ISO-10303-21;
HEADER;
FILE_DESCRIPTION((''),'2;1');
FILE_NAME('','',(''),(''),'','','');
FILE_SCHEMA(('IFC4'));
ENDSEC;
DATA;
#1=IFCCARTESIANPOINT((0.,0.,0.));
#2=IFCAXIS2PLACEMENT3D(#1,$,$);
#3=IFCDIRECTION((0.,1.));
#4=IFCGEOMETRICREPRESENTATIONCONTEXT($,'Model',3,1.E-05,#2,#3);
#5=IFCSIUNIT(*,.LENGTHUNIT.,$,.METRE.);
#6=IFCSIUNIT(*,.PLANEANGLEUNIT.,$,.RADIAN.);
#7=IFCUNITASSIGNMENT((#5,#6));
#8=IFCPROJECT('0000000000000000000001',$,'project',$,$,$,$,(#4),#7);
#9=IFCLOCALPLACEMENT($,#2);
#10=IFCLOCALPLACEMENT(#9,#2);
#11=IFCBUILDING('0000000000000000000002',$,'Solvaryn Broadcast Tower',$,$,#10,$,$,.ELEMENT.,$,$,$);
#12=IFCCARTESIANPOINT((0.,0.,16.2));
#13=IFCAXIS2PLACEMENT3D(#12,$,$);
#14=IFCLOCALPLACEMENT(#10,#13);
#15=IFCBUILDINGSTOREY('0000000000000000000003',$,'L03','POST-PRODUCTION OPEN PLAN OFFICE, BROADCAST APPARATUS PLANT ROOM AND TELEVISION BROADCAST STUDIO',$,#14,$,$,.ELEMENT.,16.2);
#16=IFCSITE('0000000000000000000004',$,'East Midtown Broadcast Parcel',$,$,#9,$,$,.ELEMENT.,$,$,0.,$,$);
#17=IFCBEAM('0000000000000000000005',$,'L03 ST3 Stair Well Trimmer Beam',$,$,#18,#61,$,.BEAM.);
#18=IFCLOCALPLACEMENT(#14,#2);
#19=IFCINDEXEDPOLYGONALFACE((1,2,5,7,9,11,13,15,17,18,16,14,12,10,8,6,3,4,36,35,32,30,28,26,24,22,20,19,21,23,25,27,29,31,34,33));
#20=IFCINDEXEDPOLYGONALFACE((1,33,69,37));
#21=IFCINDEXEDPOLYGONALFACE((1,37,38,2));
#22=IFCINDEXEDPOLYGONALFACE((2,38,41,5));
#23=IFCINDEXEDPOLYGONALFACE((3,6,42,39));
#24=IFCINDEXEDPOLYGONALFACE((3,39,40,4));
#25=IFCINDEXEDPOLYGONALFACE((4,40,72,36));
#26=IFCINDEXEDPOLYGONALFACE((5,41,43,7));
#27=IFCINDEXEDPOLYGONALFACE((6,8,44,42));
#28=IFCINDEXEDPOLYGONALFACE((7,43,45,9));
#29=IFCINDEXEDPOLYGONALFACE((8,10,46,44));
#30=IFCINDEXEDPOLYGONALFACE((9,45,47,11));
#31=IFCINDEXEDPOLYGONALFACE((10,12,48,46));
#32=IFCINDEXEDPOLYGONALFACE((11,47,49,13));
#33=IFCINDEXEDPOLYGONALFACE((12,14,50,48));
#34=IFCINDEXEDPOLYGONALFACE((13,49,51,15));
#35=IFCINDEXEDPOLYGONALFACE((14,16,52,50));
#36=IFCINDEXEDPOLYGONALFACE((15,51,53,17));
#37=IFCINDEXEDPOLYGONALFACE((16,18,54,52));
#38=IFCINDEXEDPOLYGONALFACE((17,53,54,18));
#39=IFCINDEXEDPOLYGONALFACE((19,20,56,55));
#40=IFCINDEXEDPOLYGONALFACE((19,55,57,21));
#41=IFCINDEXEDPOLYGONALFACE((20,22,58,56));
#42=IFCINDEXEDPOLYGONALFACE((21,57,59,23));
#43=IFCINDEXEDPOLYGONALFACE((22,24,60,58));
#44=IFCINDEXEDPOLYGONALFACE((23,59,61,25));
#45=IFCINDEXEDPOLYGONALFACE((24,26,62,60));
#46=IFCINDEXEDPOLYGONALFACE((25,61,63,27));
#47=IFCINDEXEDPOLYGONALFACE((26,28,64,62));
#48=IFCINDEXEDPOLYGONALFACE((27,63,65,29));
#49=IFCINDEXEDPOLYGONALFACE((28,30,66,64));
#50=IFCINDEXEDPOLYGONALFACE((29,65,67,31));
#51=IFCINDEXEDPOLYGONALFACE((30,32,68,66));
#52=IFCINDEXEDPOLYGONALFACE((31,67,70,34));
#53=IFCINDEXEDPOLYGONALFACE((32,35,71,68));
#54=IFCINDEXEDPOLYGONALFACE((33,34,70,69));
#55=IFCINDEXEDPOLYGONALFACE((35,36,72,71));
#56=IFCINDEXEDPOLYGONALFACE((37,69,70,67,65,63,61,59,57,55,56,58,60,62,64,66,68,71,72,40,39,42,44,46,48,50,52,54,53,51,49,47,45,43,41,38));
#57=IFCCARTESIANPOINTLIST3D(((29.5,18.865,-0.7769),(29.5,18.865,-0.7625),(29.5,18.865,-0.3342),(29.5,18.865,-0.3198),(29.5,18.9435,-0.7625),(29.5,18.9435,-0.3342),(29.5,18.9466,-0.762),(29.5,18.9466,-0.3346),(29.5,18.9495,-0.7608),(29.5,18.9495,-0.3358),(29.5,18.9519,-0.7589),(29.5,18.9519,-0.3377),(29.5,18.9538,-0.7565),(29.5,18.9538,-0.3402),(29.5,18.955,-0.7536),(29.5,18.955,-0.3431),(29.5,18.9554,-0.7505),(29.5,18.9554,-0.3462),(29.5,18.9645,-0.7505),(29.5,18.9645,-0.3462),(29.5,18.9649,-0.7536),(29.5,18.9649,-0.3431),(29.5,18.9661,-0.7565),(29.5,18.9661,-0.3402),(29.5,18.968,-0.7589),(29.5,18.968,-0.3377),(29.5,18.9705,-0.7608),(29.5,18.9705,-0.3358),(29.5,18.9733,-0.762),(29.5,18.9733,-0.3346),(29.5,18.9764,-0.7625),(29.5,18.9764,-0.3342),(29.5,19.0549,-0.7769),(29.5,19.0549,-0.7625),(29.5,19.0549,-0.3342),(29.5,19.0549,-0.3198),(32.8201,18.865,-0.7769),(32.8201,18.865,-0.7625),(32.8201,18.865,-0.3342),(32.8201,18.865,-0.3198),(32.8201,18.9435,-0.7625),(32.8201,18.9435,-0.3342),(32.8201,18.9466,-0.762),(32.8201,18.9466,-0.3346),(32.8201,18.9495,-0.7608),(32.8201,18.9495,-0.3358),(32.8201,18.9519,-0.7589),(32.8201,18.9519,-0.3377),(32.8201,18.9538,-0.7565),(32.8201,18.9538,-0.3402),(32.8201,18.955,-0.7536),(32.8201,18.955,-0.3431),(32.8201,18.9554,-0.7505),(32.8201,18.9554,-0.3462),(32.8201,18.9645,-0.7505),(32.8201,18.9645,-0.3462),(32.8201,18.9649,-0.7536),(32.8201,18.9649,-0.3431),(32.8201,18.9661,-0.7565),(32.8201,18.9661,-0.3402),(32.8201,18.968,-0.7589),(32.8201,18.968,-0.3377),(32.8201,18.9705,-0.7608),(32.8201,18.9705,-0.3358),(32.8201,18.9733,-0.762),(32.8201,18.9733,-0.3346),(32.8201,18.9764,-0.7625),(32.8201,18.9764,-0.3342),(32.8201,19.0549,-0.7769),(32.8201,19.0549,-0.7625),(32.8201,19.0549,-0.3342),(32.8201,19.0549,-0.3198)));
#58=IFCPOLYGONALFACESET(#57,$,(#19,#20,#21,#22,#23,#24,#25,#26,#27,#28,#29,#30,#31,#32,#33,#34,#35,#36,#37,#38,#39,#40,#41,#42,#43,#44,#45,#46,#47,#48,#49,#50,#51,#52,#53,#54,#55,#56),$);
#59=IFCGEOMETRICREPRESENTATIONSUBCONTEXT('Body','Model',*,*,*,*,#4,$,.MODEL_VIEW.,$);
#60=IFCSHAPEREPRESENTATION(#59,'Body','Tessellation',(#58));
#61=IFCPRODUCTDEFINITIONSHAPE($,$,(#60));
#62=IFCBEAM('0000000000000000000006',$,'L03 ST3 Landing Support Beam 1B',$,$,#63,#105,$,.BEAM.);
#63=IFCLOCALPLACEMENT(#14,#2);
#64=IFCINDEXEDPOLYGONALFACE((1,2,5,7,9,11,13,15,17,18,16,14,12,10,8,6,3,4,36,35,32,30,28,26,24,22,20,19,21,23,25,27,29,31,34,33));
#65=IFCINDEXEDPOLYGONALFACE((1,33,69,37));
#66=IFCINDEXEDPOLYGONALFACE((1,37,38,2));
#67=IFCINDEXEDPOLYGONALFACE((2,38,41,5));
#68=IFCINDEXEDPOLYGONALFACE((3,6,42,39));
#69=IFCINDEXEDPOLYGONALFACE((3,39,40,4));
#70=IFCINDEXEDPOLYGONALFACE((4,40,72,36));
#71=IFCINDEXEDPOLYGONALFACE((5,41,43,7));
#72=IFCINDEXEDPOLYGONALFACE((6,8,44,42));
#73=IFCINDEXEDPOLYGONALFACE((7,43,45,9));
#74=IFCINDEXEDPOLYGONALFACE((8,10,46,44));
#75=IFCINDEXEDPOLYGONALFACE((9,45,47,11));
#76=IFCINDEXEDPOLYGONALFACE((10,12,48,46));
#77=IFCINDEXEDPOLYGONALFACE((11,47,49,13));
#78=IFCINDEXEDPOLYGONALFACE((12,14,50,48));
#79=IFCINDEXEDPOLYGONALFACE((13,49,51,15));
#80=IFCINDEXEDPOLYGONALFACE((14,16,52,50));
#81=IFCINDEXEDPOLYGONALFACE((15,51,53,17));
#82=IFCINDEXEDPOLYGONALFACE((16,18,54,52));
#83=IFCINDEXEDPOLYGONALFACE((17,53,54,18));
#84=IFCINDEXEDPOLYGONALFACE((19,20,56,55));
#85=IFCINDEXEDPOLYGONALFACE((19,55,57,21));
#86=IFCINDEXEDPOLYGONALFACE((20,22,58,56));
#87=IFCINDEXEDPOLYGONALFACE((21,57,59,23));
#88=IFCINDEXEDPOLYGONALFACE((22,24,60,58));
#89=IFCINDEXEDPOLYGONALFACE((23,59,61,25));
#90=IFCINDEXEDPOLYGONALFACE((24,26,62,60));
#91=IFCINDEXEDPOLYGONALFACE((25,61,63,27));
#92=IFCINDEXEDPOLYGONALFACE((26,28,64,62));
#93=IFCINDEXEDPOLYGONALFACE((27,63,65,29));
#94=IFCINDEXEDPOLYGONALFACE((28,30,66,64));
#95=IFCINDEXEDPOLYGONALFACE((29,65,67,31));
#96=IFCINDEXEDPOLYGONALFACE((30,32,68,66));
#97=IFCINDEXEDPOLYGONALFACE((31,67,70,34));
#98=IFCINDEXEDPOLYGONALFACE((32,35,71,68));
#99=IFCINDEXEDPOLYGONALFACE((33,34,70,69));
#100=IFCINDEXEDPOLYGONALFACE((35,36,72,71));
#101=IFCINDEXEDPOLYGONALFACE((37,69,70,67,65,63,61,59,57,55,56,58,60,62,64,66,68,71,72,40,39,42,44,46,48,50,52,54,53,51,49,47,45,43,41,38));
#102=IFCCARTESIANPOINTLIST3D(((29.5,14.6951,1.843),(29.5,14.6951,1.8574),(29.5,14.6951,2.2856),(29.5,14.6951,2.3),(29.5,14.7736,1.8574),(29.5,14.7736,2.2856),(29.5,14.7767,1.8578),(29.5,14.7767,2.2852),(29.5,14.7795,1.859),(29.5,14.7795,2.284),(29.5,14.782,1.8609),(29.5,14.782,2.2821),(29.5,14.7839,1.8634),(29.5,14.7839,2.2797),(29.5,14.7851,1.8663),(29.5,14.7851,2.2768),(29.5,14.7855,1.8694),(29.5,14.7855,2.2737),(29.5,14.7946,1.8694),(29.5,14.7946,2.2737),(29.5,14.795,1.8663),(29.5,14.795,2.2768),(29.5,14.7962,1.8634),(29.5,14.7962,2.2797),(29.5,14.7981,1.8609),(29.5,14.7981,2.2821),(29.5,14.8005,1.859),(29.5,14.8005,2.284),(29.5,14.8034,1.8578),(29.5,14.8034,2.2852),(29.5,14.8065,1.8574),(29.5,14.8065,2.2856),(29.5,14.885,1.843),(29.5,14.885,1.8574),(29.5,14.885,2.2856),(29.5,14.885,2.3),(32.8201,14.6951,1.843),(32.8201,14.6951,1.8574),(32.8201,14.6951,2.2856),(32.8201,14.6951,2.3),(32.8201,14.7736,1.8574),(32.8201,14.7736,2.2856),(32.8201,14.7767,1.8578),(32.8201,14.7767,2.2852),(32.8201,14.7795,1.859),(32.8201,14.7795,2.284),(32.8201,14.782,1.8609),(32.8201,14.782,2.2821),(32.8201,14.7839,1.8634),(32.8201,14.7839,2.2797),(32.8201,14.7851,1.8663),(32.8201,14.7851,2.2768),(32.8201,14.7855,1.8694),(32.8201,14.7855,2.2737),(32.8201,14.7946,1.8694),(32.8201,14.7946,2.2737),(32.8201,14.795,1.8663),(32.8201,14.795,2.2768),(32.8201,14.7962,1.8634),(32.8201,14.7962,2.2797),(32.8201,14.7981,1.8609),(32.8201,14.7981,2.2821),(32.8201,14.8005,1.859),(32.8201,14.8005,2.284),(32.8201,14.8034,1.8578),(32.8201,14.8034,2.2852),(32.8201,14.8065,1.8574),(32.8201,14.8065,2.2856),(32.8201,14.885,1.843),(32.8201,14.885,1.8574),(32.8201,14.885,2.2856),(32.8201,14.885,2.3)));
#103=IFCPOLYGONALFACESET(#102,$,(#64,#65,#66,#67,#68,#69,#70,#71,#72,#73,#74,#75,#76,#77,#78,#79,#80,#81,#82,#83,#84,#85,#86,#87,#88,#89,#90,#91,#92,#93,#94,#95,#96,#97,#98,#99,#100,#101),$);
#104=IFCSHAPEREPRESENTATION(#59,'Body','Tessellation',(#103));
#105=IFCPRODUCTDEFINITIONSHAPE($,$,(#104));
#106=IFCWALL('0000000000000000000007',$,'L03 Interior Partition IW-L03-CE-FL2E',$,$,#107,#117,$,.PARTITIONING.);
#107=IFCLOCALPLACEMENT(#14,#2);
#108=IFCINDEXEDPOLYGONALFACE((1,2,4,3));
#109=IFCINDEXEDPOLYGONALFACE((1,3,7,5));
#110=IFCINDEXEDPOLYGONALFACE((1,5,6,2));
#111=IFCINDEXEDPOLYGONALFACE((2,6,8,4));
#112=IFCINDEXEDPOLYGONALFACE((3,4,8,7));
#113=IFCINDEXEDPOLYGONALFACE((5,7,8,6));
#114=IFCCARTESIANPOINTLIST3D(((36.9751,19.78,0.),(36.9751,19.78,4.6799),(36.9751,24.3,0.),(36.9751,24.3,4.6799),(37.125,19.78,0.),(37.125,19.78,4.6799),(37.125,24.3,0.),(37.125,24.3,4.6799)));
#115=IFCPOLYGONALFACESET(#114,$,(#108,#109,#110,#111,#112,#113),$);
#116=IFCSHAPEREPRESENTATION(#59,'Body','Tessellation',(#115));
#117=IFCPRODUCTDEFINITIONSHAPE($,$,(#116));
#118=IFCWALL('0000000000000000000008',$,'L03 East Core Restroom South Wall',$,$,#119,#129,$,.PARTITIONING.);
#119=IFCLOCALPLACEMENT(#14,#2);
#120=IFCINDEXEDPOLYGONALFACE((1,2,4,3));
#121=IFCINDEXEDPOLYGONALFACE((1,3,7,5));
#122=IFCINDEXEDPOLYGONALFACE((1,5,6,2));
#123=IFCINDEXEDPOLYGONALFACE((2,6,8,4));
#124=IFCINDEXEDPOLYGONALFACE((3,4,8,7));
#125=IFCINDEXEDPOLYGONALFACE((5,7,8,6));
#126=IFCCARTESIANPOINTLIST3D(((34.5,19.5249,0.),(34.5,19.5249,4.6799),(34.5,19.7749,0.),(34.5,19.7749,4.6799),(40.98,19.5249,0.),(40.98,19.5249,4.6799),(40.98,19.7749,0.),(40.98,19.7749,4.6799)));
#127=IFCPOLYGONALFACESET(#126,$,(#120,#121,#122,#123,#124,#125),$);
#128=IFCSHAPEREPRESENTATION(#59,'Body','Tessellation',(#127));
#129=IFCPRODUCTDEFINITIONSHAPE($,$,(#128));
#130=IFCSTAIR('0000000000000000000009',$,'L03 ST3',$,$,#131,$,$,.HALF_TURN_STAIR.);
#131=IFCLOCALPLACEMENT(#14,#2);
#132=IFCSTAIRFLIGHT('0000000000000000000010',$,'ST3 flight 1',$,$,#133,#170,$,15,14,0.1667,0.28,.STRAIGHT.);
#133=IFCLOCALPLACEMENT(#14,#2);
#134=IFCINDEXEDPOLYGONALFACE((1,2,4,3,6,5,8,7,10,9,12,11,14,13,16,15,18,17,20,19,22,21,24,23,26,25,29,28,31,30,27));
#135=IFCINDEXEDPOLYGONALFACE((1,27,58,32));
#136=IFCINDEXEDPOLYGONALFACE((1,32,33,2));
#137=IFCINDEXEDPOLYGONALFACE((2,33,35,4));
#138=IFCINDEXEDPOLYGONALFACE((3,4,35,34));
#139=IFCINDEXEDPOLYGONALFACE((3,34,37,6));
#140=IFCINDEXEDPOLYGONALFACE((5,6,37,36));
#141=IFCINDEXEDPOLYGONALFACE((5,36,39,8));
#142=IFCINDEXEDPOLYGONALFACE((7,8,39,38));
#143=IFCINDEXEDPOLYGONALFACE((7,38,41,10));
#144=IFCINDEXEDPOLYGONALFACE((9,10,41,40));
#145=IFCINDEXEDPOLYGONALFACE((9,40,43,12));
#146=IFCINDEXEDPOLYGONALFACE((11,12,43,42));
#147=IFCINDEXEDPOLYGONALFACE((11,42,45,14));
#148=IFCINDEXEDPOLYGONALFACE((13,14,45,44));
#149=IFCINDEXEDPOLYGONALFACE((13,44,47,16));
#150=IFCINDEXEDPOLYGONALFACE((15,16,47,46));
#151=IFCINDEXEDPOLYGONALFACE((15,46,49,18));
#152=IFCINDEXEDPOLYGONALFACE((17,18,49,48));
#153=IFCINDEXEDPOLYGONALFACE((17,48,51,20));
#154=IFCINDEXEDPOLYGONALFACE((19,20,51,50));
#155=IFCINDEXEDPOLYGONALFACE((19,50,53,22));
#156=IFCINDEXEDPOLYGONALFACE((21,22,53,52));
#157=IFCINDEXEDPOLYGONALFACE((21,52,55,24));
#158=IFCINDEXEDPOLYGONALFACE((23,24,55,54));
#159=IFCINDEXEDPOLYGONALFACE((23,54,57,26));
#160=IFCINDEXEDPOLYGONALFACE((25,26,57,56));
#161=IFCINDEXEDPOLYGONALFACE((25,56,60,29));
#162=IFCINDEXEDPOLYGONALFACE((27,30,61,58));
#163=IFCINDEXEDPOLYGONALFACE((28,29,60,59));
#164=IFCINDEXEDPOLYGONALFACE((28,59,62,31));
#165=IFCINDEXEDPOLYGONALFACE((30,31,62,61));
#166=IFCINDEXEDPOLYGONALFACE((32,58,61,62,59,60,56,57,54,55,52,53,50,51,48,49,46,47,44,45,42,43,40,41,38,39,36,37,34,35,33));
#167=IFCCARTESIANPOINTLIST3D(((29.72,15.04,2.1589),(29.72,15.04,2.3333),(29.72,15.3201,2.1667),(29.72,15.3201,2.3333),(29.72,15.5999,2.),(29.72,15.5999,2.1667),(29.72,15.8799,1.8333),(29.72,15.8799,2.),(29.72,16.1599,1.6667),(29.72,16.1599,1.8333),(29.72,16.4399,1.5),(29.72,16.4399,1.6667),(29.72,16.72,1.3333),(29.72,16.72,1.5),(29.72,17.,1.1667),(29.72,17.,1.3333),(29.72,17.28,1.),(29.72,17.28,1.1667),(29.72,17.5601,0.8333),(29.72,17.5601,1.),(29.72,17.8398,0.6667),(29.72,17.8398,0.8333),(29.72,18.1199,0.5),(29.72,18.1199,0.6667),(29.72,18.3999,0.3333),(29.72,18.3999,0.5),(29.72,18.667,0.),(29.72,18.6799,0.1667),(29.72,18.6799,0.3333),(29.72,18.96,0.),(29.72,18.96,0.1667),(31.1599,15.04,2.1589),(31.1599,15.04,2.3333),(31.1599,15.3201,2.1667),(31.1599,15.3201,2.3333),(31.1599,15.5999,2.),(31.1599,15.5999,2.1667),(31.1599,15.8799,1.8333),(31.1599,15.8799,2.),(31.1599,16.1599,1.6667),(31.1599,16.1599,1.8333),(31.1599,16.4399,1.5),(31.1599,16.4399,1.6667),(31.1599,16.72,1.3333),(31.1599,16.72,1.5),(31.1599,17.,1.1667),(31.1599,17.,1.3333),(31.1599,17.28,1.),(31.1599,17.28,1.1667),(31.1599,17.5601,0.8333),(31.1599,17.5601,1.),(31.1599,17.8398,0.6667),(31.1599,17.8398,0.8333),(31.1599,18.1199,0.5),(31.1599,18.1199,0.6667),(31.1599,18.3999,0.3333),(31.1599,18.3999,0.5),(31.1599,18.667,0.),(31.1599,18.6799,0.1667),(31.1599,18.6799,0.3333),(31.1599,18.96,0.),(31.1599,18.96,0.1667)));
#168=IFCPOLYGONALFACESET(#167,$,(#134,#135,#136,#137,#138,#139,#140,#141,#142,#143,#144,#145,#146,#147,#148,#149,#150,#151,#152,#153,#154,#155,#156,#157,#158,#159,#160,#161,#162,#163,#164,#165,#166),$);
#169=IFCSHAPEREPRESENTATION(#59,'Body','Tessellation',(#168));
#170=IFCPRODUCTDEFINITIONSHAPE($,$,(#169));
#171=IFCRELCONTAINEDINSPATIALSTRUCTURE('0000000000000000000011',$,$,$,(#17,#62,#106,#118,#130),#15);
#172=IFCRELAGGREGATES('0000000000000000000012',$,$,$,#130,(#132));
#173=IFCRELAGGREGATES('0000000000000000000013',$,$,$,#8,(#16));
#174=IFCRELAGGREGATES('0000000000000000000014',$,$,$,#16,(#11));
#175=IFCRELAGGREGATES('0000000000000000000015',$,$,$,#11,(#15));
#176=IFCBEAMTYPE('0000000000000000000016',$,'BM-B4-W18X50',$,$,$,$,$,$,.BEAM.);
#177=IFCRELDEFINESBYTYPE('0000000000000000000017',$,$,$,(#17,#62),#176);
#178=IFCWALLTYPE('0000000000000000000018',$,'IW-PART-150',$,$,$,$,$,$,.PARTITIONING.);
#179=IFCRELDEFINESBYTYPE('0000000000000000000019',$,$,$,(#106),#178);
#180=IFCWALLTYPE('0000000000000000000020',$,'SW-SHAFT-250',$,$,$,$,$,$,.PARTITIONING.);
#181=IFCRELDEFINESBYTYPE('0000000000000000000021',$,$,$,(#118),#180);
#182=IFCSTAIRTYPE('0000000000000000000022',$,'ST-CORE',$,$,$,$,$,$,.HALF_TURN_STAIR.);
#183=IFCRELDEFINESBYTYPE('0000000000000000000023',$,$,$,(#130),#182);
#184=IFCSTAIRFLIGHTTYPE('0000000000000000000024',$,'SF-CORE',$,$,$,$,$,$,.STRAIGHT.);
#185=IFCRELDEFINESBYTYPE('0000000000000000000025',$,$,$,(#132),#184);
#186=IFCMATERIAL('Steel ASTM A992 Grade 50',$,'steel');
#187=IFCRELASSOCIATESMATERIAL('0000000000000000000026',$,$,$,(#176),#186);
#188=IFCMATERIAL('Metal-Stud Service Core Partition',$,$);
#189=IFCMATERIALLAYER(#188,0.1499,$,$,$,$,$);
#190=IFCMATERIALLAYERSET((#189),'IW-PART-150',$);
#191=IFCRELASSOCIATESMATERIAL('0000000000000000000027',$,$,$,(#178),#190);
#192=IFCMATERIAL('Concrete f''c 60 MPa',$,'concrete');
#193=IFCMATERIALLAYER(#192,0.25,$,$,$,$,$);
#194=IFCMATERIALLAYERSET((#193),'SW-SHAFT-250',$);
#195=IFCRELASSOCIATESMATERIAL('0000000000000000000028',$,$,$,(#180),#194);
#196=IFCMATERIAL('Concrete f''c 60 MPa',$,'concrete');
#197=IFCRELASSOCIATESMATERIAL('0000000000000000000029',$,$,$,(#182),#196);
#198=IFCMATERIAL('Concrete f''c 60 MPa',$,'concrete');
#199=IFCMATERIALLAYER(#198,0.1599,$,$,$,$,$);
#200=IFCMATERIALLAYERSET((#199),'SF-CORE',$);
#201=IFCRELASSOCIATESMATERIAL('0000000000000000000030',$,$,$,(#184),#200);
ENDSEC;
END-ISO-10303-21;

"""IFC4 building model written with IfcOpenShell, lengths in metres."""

from ifc_helpers import new_model, si_unit, direction, frame, frame_2d, origin, origin_2d, place, context, subcontext, project, spatial, polyline, rectangle, i_section, outline, extrude, material, layer, layer_set, material_profile, profile_set, type_object, element, aggregate, save


model = new_model("IFC4")

# Units and contexts
model_context = context("Model", 3, precision=1e-05, world=origin(), true_north=direction((0.0, 1.0)))
body_context = subcontext(model_context, "Body", "Model", "MODEL_VIEW")
ifc_project = project(units=[si_unit("LENGTHUNIT", "METRE"), si_unit("PLANEANGLEUNIT", "RADIAN")], contexts=[model_context])

# Site, building, storey
site_placement = place(None, origin())
site = spatial("IfcSite", under=ifc_project, at=site_placement, Name="East Midtown Broadcast Parcel", CompositionType="ELEMENT", RefElevation=0.0)
building_placement = place(site_placement, origin())
building = spatial("IfcBuilding", under=site, at=building_placement, Name="Solvaryn Broadcast Tower", CompositionType="ELEMENT")
storey_placement = place(building_placement, frame((0.0, 0.0, 16.2)))
storey = spatial("IfcBuildingStorey", under=building, at=storey_placement, Name="L03", Description="POST-PRODUCTION OPEN PLAN OFFICE, BROADCAST APPARATUS PLANT ROOM AND TELEVISION BROADCAST STUDIO", CompositionType="ELEMENT", Elevation=16.2)

# Beams
ifc_material_1 = material(Name="Steel ASTM A992 Grade 50", Category="steel")
ifc_material_profile = material_profile(ifc_material_1, i_section(OverallWidth=0.1899, OverallDepth=0.457, WebThickness=0.009, FlangeThickness=0.0144, FilletRadius=0.012, at=origin_2d()))
ifc_profile_set = profile_set([ifc_material_profile], Name="Steel ASTM A992 Grade 50")
beam_type = type_object("IfcBeamType", Name="BM-B4-W18X50", PredefinedType="BEAM", material=ifc_profile_set)
for number, where, z_axis, x_axis, name in (
    (1, (29.5, 18.96, -0.5483), (1.0, 0.0, 0.0), (0.0, 1.0, 0.0), "L03 ST3 Stair Well Trimmer Beam"),
    (2, (29.5, 14.79, 2.0715), (1.0, 0.0, 0.0), (0.0, 1.0, 0.0), "L03 ST3 Landing Support Beam 1B"),
):
    element("IfcBeam", number, at=place(storey_placement, frame(where, z_axis=z_axis, x_axis=x_axis)), inside=storey, type_object=beam_type, Name=name, PredefinedType="BEAM", context=body_context, shape_type="SweptSolid", body=[
        extrude(i_section(OverallWidth=0.1899, OverallDepth=0.457, WebThickness=0.009, FlangeThickness=0.0144, FilletRadius=0.012, at=origin_2d()), origin(), (0.0, 0.0, 1.0), 3.3201),
    ])

# Walls
ifc_material_2 = material(Name="Metal-Stud Service Core Partition")
ifc_layer_1 = layer(ifc_material_2, 0.1499)
ifc_layer_set_1 = layer_set([ifc_layer_1], Name="IW-PART-150")
wall_type_1 = type_object("IfcWallType", Name="IW-PART-150", PredefinedType="PARTITIONING", material=ifc_layer_set_1)
wall_1_placement = place(storey_placement, frame((37.05, 19.78, 0.0), z_axis=(0.0, 0.0, 1.0), x_axis=(0.0, 1.0, 0.0)))
element("IfcWall", 3, at=wall_1_placement, inside=storey, type_object=wall_type_1, Name="L03 Interior Partition IW-L03-CE-FL2E", PredefinedType="PARTITIONING", context=body_context, shape_type="SweptSolid", body=[
    extrude(rectangle(XDim=4.52, YDim=0.1499, at=frame_2d((2.26, 0.0))), origin(), (0.0, 0.0, 1.0), 4.6799),
])
ifc_material_3 = material(Name="Concrete f'c 60 MPa", Category="concrete")
ifc_layer_2 = layer(ifc_material_3, 0.25)
ifc_layer_set_2 = layer_set([ifc_layer_2], Name="SW-SHAFT-250")
wall_type_2 = type_object("IfcWallType", Name="SW-SHAFT-250", PredefinedType="PARTITIONING", material=ifc_layer_set_2)
wall_2_placement = place(storey_placement, frame((34.5, 19.6499, 0.0), z_axis=(0.0, 0.0, 1.0), x_axis=(1.0, 0.0, 0.0)))
element("IfcWall", 4, at=wall_2_placement, inside=storey, type_object=wall_type_2, Name="L03 East Core Restroom South Wall", PredefinedType="PARTITIONING", context=body_context, shape_type="SweptSolid", body=[
    extrude(rectangle(XDim=6.48, YDim=0.25, at=frame_2d((3.24, 0.0))), origin(), (0.0, 0.0, 1.0), 4.6799),
])

# Stair, stair flight
ifc_material_4 = material(Name="Concrete f'c 60 MPa", Category="concrete")
stair_type = type_object("IfcStairType", Name="ST-CORE", PredefinedType="HALF_TURN_STAIR", material=ifc_material_4)
stair_placement = place(storey_placement, origin())
stair = element("IfcStair", 5, at=stair_placement, inside=storey, type_object=stair_type, Name="L03 ST3", PredefinedType="HALF_TURN_STAIR")
ifc_material_5 = material(Name="Concrete f'c 60 MPa", Category="concrete")
ifc_layer_3 = layer(ifc_material_5, 0.1599)
ifc_layer_set_3 = layer_set([ifc_layer_3], Name="SF-CORE")
stair_flight_type = type_object("IfcStairFlightType", Name="SF-CORE", PredefinedType="STRAIGHT", material=ifc_layer_set_3)
stair_flight_1_placement = place(storey_placement, frame((30.4399, 18.96, 0.0), z_axis=(0.0, 0.0, 1.0), x_axis=(0.0, -1.0, 0.0)))
stair_flight_1 = element("IfcStairFlight", 6, at=stair_flight_1_placement, type_object=stair_flight_type, Name="ST3 flight 1", NumberOfRisers=15, NumberOfTreads=14, PredefinedType="STRAIGHT", RiserHeight=0.1667, TreadLength=0.28, context=body_context, shape_type="SweptSolid", body=[
    extrude(outline(polyline([(0.0, 0.0), (0.0, 0.1667), (0.28, 0.1667), (0.28, 0.3333), (0.5601, 0.3333), (0.5601, 0.5), (0.8401, 0.5), (0.8401, 0.6667), (1.1201, 0.6667), (1.1201, 0.8333), (1.3999, 0.8333), (1.3999, 1.0), (1.6799, 1.0), (1.6799, 1.1667), (1.96, 1.1667), (1.96, 1.3333), (2.24, 1.3333), (2.24, 1.5), (2.52, 1.5), (2.52, 1.6667), (2.8, 1.6667), (2.8, 1.8333), (3.0801, 1.8333), (3.0801, 2.0), (3.3601, 2.0), (3.3601, 2.1667), (3.6399, 2.1667), (3.6399, 2.3333), (3.9199, 2.3333), (3.9199, 2.5), (3.9199, 2.1589), (0.293, 0.0), (0.0, 0.0)])), frame((0.0, 0.72, 0.0), z_axis=(0.0, -1.0, 0.0), x_axis=(1.0, 0.0, 0.0)), (0.0, 0.0, 1.0), 1.4399),
])
aggregate(stair, [stair_flight_1])

save(model, "model.ifc")
